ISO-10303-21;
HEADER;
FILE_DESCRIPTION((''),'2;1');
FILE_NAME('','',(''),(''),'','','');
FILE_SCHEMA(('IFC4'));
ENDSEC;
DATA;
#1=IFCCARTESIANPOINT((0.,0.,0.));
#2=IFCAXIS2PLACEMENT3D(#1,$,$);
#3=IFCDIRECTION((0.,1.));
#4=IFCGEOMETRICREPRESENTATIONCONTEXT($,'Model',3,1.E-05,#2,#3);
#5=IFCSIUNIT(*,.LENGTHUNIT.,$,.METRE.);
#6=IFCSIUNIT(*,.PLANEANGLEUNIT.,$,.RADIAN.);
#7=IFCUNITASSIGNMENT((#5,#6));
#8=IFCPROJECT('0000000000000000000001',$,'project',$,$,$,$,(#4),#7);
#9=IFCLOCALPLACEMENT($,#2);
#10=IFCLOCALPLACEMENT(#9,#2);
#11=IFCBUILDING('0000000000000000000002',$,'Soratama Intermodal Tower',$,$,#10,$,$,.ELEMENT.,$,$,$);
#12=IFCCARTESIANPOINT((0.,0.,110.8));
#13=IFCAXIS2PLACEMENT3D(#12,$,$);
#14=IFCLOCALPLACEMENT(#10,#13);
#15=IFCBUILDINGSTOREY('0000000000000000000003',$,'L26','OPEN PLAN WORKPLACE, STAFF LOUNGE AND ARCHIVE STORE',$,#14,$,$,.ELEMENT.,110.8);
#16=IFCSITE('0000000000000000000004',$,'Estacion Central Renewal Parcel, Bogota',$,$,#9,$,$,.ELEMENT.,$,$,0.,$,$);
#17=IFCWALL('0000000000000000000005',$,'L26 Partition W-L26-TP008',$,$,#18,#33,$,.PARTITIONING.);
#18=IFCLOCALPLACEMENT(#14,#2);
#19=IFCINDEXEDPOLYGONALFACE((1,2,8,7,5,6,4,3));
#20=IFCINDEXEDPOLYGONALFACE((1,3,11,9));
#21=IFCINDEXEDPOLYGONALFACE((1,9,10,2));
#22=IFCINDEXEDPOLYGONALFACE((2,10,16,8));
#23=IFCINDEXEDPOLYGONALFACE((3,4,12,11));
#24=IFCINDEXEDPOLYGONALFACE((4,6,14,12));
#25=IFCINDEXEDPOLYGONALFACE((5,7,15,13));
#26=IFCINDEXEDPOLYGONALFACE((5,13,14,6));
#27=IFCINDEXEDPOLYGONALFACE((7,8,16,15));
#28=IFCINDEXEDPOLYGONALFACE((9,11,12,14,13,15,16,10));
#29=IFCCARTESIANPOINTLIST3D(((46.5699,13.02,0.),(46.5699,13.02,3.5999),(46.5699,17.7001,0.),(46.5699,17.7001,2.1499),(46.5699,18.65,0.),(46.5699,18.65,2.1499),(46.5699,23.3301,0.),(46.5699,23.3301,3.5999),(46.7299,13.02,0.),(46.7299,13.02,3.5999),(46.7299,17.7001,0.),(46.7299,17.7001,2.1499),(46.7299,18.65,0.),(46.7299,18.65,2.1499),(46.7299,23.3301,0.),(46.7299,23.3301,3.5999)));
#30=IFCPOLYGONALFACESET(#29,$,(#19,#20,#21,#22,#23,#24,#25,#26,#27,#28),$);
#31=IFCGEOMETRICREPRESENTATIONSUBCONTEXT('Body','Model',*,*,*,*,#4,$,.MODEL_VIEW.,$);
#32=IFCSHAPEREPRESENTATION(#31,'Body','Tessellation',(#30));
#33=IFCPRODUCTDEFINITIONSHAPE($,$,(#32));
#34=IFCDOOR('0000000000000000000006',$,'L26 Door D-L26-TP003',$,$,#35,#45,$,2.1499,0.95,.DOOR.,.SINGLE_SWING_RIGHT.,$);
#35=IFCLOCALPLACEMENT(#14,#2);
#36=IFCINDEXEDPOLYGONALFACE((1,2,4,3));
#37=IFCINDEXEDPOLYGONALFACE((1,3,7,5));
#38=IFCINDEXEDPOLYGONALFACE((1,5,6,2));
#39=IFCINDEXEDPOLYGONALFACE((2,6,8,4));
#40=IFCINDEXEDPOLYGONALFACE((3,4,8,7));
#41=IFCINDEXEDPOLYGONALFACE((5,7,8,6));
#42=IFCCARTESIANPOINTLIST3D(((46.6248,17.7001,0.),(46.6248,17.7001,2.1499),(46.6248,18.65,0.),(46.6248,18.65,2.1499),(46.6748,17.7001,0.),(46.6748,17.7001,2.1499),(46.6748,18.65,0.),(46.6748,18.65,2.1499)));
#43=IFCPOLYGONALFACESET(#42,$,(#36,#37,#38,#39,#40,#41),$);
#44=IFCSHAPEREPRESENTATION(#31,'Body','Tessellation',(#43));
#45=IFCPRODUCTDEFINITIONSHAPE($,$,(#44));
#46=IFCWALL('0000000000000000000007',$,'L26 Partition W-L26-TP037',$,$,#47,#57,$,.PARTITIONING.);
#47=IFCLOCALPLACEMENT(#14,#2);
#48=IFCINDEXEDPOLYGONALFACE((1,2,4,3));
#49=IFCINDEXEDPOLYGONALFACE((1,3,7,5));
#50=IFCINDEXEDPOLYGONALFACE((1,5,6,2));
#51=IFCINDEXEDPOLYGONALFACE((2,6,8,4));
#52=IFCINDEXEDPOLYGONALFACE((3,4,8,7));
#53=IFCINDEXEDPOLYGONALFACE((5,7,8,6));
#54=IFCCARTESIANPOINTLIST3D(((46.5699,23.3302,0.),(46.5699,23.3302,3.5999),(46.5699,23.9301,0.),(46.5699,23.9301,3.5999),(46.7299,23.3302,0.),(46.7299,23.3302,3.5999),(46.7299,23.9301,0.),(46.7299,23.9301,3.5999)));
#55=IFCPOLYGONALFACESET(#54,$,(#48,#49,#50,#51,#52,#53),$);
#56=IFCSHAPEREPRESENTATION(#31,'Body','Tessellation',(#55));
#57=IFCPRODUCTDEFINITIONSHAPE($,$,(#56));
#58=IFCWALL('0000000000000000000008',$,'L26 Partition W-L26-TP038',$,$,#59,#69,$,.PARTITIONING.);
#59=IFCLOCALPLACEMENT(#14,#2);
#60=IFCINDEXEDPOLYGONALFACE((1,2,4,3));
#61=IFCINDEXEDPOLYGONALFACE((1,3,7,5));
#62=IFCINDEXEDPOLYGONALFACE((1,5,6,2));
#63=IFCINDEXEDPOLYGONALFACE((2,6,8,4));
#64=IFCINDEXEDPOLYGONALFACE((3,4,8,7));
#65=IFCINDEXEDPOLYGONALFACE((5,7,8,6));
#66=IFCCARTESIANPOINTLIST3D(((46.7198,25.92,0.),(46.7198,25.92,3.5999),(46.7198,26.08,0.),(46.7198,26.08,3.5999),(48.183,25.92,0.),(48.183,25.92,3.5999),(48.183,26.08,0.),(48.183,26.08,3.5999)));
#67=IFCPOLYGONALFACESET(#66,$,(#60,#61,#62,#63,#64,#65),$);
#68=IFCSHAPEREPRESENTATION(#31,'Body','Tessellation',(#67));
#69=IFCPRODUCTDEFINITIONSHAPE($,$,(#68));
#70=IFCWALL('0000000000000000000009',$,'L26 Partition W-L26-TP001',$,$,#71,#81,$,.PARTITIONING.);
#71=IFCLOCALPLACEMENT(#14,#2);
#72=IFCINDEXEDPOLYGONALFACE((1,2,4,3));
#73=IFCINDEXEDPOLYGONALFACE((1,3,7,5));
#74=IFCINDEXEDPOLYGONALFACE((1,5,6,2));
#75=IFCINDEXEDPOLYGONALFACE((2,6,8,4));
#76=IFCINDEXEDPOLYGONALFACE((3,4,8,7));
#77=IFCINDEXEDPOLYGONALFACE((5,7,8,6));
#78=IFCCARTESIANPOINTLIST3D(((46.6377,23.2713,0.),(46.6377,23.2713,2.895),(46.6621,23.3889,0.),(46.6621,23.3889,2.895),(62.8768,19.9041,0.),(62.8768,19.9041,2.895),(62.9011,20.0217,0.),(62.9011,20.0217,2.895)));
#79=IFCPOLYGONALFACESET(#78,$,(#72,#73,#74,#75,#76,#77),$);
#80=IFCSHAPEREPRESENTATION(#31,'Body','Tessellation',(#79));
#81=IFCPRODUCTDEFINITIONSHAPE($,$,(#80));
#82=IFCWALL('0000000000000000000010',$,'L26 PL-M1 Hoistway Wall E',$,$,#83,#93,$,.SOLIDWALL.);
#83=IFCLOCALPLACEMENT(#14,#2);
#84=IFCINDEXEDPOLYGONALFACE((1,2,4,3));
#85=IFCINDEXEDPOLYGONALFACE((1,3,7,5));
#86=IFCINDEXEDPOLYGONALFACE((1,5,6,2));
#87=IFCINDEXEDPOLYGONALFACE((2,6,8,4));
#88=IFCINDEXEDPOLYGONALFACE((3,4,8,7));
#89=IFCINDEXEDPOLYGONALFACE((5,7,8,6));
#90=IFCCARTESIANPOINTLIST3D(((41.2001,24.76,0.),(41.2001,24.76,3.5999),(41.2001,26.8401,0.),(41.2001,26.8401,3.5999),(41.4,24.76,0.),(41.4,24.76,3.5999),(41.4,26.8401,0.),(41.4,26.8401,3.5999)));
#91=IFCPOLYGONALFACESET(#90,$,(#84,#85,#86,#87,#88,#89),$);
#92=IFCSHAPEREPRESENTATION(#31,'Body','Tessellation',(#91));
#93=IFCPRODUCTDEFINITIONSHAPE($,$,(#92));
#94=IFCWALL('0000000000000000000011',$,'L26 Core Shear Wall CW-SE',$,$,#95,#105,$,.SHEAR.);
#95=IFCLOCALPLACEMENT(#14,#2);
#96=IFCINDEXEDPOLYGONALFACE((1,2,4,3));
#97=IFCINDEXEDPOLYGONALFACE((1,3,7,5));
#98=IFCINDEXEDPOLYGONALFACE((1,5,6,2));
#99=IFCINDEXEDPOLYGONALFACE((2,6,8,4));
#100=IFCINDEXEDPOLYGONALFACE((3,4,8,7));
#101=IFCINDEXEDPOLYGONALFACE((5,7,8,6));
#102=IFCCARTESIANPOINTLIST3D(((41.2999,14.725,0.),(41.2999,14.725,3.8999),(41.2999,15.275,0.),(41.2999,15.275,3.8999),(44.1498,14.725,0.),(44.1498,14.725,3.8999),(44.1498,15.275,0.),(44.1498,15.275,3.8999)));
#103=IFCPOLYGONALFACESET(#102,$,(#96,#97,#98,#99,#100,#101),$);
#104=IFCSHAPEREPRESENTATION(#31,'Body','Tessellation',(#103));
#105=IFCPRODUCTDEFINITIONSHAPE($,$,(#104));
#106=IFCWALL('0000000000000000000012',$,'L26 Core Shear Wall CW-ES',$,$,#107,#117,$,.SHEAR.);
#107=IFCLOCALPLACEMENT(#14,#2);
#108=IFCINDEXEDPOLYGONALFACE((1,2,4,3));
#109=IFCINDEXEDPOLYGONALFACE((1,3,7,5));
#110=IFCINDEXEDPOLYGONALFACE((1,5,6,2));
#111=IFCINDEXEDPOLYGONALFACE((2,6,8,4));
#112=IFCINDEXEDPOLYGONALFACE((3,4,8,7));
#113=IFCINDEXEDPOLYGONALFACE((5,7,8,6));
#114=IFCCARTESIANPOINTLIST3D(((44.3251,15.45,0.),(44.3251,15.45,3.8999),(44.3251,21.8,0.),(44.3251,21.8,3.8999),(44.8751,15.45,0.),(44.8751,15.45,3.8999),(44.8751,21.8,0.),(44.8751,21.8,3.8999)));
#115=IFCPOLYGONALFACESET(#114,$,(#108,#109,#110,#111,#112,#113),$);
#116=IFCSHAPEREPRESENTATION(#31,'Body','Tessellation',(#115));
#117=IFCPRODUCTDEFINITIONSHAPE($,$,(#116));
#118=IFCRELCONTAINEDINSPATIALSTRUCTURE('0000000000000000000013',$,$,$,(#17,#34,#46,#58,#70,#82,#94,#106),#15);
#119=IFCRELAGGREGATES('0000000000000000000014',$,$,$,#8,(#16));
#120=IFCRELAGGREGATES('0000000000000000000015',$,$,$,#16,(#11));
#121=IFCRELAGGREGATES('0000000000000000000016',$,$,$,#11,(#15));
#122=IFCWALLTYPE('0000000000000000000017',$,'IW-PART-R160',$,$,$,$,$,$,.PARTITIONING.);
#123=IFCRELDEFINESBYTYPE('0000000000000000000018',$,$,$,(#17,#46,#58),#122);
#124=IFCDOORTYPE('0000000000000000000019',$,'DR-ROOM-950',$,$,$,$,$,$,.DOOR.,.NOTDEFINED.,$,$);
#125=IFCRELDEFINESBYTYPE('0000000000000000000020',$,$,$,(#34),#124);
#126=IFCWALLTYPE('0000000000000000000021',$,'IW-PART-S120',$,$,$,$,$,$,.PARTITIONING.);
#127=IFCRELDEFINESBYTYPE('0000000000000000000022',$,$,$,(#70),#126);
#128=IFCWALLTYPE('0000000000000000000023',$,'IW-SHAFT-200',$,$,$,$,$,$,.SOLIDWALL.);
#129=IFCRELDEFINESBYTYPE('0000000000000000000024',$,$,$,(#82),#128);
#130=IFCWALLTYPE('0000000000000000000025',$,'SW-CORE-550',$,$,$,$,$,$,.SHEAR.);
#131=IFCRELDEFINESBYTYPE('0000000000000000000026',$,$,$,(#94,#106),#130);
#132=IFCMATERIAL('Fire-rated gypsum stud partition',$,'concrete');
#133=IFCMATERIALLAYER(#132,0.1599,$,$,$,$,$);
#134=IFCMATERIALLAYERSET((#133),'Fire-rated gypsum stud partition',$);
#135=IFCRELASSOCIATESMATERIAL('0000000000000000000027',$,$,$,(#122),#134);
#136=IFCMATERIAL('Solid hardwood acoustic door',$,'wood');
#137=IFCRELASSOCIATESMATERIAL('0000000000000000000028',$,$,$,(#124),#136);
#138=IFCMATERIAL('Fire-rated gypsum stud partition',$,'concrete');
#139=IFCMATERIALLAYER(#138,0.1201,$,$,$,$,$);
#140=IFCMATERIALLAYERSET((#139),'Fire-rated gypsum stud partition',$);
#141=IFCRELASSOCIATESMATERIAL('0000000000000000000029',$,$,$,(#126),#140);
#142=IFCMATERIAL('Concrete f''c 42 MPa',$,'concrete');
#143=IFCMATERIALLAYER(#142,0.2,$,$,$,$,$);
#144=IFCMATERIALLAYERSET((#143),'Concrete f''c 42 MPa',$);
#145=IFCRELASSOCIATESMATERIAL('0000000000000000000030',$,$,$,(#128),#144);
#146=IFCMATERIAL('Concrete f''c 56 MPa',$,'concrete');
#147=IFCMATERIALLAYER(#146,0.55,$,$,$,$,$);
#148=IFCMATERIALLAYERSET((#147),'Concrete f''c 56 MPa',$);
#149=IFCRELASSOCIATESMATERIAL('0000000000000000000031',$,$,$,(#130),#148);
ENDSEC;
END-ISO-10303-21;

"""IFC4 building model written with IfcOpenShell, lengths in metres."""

from ifc_helpers import new_model, si_unit, direction, frame, frame_2d, origin, place, context, subcontext, project, spatial, rectangle, extrude, material, layer, layer_set, type_object, element, fill, save


model = new_model("IFC4")

# Units and contexts
model_context = context("Model", 3, precision=1e-05, world=origin(), true_north=direction((0.0, 1.0)))
body_context = subcontext(model_context, "Body", "Model", "MODEL_VIEW")
ifc_project = project(units=[si_unit("LENGTHUNIT", "METRE"), si_unit("PLANEANGLEUNIT", "RADIAN")], contexts=[model_context])

# Site, building, storey
site_placement = place(None, origin())
site = spatial("IfcSite", under=ifc_project, at=site_placement, Name="Estacion Central Renewal Parcel, Bogota", CompositionType="ELEMENT", RefElevation=0.0)
building_placement = place(site_placement, origin())
building = spatial("IfcBuilding", under=site, at=building_placement, Name="Soratama Intermodal Tower", CompositionType="ELEMENT")
storey_placement = place(building_placement, frame((0.0, 0.0, 110.8)))
storey = spatial("IfcBuildingStorey", under=building, at=storey_placement, Name="L26", Description="OPEN PLAN WORKPLACE, STAFF LOUNGE AND ARCHIVE STORE", CompositionType="ELEMENT", Elevation=110.8)

# Wall, opening, door
ifc_material_1 = material(Name="Fire-rated gypsum stud partition", Category="concrete")
ifc_layer_1 = layer(ifc_material_1, 0.1599)
ifc_layer_set_1 = layer_set([ifc_layer_1], Name="Fire-rated gypsum stud partition")
wall_type_1 = type_object("IfcWallType", Name="IW-PART-R160", PredefinedType="PARTITIONING", material=ifc_layer_set_1)
ifc_material_2 = material(Name="Solid hardwood acoustic door", Category="wood")
door_type_1 = type_object("IfcDoorType", Name="DR-ROOM-950", OperationType="NOTDEFINED", PredefinedType="DOOR", material=ifc_material_2)
wall_1_placement = place(storey_placement, frame((46.6499, 23.3301, 0.0), z_axis=(0.0, 0.0, 1.0), x_axis=(0.0, -1.0, 0.0)))
wall_1 = element("IfcWall", 1, at=wall_1_placement, inside=storey, type_object=wall_type_1, Name="L26 Partition W-L26-TP008", PredefinedType="PARTITIONING", context=body_context, shape_type="SweptSolid", body=[
    extrude(rectangle(XDim=10.3101, YDim=0.1599, at=frame_2d((5.155, 0.0))), origin(), (0.0, 0.0, 1.0), 3.5999),
])
opening_1_placement = place(wall_1_placement, frame((4.6799, 0.0, 0.0)))
opening_1 = element("IfcOpeningElement", 2, at=opening_1_placement, cuts=wall_1, PredefinedType="OPENING", context=body_context, shape_type="SweptSolid", body=[
    extrude(rectangle(XDim=0.95, YDim=2.1499, at=frame_2d((0.4751, 1.075))), frame((0.0, 0.0898, 0.0), z_axis=(0.0, -1.0, 0.0), x_axis=(1.0, 0.0, 0.0)), (0.0, 0.0, 1.0), 0.1799),
])
door_1_placement = place(opening_1_placement, origin())
door_1 = element("IfcDoor", 3, at=door_1_placement, inside=storey, type_object=door_type_1, Name="L26 Door D-L26-TP003", OperationType="SINGLE_SWING_RIGHT", OverallHeight=2.1499, OverallWidth=0.95, PredefinedType="DOOR", context=body_context, shape_type="SweptSolid", body=[
    extrude(rectangle(XDim=0.95, YDim=2.1499, at=frame_2d((0.4751, 1.075))), frame((0.0, 0.0249, 0.0), z_axis=(0.0, -1.0, 0.0), x_axis=(1.0, 0.0, 0.0)), (0.0, 0.0, 1.0), 0.05),
])
fill(opening_1, door_1)

# Walls
wall_2_placement = place(storey_placement, frame((46.6499, 23.9299, 0.0), z_axis=(0.0, 0.0, 1.0), x_axis=(0.0, -1.0, 0.0)))
element("IfcWall", 4, at=wall_2_placement, inside=storey, type_object=wall_type_1, Name="L26 Partition W-L26-TP037", PredefinedType="PARTITIONING", context=body_context, shape_type="SweptSolid", body=[
    extrude(rectangle(XDim=0.5999, YDim=0.1599, at=frame_2d((0.2998, 0.0))), origin(), (0.0, 0.0, 1.0), 3.5999),
])
wall_3_placement = place(storey_placement, frame((46.72, 26.0, 0.0), z_axis=(0.0, 0.0, 1.0), x_axis=(1.0, 0.0, 0.0)))
element("IfcWall", 5, at=wall_3_placement, inside=storey, type_object=wall_type_1, Name="L26 Partition W-L26-TP038", PredefinedType="PARTITIONING", context=body_context, shape_type="SweptSolid", body=[
    extrude(rectangle(XDim=1.4631, YDim=0.1599, at=frame_2d((0.7314, 0.0))), origin(), (0.0, 0.0, 1.0), 3.5999),
])

# Walls
ifc_material_3 = material(Name="Fire-rated gypsum stud partition", Category="concrete")
ifc_layer_2 = layer(ifc_material_3, 0.1201)
ifc_layer_set_2 = layer_set([ifc_layer_2], Name="Fire-rated gypsum stud partition")
wall_type_2 = type_object("IfcWallType", Name="IW-PART-S120", PredefinedType="PARTITIONING", material=ifc_layer_set_2)
wall_4_placement = place(storey_placement, frame((46.6499, 23.3301, 0.0), z_axis=(0.0, 0.0, 1.0), x_axis=(0.979172, -0.203033, 0.0)))
element("IfcWall", 6, at=wall_4_placement, inside=storey, type_object=wall_type_2, Name="L26 Partition W-L26-TP001", PredefinedType="PARTITIONING", context=body_context, shape_type="SweptSolid", body=[
    extrude(rectangle(XDim=16.5845, YDim=0.1201, at=frame_2d((8.2922, 0.0))), origin(), (0.0, 0.0, 1.0), 2.895),
])
ifc_material_4 = material(Name="Concrete f'c 42 MPa", Category="concrete")
ifc_layer_3 = layer(ifc_material_4, 0.2)
ifc_layer_set_3 = layer_set([ifc_layer_3], Name="Concrete f'c 42 MPa")
wall_type_3 = type_object("IfcWallType", Name="IW-SHAFT-200", PredefinedType="SOLIDWALL", material=ifc_layer_set_3)
wall_5_placement = place(storey_placement, frame((41.3, 24.76, 0.0), z_axis=(0.0, 0.0, 1.0), x_axis=(0.0, 1.0, 0.0)))
element("IfcWall", 7, at=wall_5_placement, inside=storey, type_object=wall_type_3, Name="L26 PL-M1 Hoistway Wall E", PredefinedType="SOLIDWALL", context=body_context, shape_type="SweptSolid", body=[
    extrude(rectangle(XDim=2.0801, YDim=0.2, at=frame_2d((1.04, 0.0))), origin(), (0.0, 0.0, 1.0), 3.5999),
])
ifc_material_5 = material(Name="Concrete f'c 56 MPa", Category="concrete")
ifc_layer_4 = layer(ifc_material_5, 0.55)
ifc_layer_set_4 = layer_set([ifc_layer_4], Name="Concrete f'c 56 MPa")
wall_type_4 = type_object("IfcWallType", Name="SW-CORE-550", PredefinedType="SHEAR", material=ifc_layer_set_4)
wall_6_placement = place(storey_placement, frame((41.3, 15.0, 0.0), z_axis=(0.0, 0.0, 1.0), x_axis=(1.0, 0.0, 0.0)))
element("IfcWall", 8, at=wall_6_placement, inside=storey, type_object=wall_type_4, Name="L26 Core Shear Wall CW-SE", PredefinedType="SHEAR", context=body_context, shape_type="SweptSolid", body=[
    extrude(rectangle(XDim=2.8499, YDim=0.55, at=frame_2d((1.4248, 0.0))), origin(), (0.0, 0.0, 1.0), 3.8999),
])
wall_7_placement = place(storey_placement, frame((44.6001, 15.45, 0.0), z_axis=(0.0, 0.0, 1.0), x_axis=(0.0, 1.0, 0.0)))
element("IfcWall", 9, at=wall_7_placement, inside=storey, type_object=wall_type_4, Name="L26 Core Shear Wall CW-ES", PredefinedType="SHEAR", context=body_context, shape_type="SweptSolid", body=[
    extrude(rectangle(XDim=6.3501, YDim=0.55, at=frame_2d((3.175, 0.0))), origin(), (0.0, 0.0, 1.0), 3.8999),
])

save(model, "model.ifc")
